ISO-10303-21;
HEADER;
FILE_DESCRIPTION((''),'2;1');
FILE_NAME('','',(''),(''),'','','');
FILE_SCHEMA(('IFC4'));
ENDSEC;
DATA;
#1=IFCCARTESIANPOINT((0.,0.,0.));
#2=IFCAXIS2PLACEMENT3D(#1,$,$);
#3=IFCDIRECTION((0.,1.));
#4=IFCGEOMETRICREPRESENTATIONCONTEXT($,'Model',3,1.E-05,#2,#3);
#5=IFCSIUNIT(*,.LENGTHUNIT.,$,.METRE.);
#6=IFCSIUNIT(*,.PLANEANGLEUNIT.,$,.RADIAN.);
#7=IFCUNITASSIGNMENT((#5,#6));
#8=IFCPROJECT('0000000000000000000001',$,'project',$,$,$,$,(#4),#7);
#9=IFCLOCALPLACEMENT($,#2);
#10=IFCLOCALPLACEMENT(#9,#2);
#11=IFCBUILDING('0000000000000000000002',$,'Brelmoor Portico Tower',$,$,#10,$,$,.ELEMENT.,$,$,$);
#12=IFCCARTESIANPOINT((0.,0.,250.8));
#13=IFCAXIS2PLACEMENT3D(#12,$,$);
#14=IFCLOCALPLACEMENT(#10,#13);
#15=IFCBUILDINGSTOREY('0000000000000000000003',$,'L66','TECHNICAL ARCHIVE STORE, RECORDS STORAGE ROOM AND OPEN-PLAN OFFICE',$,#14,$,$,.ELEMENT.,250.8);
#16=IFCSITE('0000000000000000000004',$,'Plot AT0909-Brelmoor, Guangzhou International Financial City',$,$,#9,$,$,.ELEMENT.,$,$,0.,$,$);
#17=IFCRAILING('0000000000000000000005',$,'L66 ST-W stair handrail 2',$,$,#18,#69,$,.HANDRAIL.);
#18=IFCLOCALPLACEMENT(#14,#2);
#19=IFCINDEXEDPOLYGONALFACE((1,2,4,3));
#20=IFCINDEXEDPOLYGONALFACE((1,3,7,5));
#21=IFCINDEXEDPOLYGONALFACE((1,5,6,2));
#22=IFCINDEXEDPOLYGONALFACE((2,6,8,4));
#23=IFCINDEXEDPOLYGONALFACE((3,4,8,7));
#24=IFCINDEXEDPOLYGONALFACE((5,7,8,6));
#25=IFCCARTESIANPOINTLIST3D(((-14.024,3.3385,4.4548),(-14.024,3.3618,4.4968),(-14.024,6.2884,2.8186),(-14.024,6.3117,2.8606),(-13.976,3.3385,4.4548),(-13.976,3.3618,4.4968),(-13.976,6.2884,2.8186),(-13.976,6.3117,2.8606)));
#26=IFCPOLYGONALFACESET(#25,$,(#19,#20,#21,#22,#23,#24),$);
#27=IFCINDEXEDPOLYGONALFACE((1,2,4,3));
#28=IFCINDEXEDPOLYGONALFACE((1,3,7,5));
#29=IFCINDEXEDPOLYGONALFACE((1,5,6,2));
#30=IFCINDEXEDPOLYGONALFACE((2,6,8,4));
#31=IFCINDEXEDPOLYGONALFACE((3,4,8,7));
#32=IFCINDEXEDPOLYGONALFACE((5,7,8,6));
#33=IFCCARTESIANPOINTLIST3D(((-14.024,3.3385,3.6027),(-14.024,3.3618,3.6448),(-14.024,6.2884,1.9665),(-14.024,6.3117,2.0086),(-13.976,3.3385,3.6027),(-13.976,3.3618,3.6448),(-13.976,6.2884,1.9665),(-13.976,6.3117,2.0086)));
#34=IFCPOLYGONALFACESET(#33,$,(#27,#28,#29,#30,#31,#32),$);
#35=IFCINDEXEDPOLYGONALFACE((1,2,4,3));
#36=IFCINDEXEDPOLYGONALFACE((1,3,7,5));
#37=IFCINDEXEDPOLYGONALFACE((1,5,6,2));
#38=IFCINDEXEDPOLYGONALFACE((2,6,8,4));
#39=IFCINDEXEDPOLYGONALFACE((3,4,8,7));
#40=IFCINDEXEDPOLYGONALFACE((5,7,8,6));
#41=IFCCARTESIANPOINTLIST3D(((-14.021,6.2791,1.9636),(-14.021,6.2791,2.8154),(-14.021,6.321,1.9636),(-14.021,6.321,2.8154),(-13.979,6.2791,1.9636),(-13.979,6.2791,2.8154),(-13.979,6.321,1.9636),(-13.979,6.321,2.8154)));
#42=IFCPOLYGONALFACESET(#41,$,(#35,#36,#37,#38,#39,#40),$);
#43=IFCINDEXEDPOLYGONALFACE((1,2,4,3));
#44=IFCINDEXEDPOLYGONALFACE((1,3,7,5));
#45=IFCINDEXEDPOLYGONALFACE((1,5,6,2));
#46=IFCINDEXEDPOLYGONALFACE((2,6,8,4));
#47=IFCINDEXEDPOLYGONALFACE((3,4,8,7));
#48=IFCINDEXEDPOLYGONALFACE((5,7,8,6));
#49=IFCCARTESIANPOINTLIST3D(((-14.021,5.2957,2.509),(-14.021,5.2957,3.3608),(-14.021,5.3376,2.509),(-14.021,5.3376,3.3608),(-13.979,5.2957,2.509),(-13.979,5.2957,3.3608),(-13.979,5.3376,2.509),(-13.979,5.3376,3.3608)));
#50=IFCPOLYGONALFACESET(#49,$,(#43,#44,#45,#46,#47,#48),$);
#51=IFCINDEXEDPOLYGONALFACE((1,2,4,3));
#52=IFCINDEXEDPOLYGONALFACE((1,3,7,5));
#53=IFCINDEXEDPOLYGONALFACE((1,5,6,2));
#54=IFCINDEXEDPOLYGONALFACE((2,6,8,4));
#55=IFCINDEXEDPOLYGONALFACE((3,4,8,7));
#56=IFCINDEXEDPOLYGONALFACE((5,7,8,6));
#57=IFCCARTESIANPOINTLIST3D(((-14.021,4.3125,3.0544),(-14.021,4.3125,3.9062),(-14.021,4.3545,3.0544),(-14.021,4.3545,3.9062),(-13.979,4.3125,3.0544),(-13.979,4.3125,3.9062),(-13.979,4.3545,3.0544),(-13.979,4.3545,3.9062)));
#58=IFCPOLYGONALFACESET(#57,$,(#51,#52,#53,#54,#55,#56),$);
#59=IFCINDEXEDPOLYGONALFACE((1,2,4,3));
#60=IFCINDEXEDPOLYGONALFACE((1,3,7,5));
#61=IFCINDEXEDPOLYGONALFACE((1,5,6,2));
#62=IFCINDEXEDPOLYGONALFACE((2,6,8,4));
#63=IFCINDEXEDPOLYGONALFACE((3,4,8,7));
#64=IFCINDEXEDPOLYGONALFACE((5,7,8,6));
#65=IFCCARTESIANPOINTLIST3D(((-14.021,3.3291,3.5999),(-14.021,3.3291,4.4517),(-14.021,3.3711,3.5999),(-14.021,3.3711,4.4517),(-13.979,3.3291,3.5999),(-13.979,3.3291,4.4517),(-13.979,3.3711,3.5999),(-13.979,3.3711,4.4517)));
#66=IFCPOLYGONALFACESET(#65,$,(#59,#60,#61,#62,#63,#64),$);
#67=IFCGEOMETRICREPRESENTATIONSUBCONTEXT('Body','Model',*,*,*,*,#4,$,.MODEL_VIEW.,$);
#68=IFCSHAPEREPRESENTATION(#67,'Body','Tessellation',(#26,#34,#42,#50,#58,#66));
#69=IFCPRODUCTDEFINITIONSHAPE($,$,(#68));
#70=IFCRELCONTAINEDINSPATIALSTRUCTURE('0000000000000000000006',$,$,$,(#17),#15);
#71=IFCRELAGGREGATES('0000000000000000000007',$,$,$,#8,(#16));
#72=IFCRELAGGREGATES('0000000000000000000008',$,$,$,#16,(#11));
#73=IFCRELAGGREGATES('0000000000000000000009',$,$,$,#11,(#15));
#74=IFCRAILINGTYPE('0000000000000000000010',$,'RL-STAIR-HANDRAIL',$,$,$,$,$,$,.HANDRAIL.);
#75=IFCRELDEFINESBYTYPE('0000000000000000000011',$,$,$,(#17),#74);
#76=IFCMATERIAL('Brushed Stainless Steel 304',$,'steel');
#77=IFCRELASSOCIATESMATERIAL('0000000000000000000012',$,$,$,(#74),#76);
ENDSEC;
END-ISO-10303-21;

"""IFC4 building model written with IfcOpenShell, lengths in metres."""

from ifc_helpers import new_model, si_unit, direction, frame, origin, origin_2d, place, context, subcontext, project, spatial, rectangle, extrude, material, type_object, element, save


model = new_model("IFC4")

# Units and contexts
model_context = context("Model", 3, precision=1e-05, world=origin(), true_north=direction((0.0, 1.0)))
body_context = subcontext(model_context, "Body", "Model", "MODEL_VIEW")
ifc_project = project(units=[si_unit("LENGTHUNIT", "METRE"), si_unit("PLANEANGLEUNIT", "RADIAN")], contexts=[model_context])

# Site, building, storey
site_placement = place(None, origin())
site = spatial("IfcSite", under=ifc_project, at=site_placement, Name="Plot AT0909-Brelmoor, Guangzhou International Financial City", CompositionType="ELEMENT", RefElevation=0.0)
building_placement = place(site_placement, origin())
building = spatial("IfcBuilding", under=site, at=building_placement, Name="Brelmoor Portico Tower", CompositionType="ELEMENT")
storey_placement = place(building_placement, frame((0.0, 0.0, 250.8)))
storey = spatial("IfcBuildingStorey", under=building, at=storey_placement, Name="L66", Description="TECHNICAL ARCHIVE STORE, RECORDS STORAGE ROOM AND OPEN-PLAN OFFICE", CompositionType="ELEMENT", Elevation=250.8)

# Railing
ifc_material_1 = material(Name="Brushed Stainless Steel 304", Category="steel")
railing_type_1 = type_object("IfcRailingType", Name="RL-STAIR-HANDRAIL", PredefinedType="HANDRAIL", material=ifc_material_1)
railing_1_placement = place(storey_placement, frame((-14.0, 6.3, 1.9636)))
element("IfcRailing", 1, at=railing_1_placement, inside=storey, type_object=railing_type_1, Name="L66 ST-W stair handrail 2", PredefinedType="HANDRAIL", context=body_context, shape_type="SweptSolid", body=[
    extrude(rectangle(XDim=0.0481, YDim=0.0481, at=origin_2d()), frame((0.0, 0.0, 0.876), z_axis=(0.0, -0.874488, 0.485047), x_axis=(1.0, 0.0, 0.0)), (0.0, 0.0, 1.0), 3.3733),
    extrude(rectangle(XDim=0.0481, YDim=0.0481, at=origin_2d()), frame((0.0, 0.0, 0.0239), z_axis=(0.0, -0.874488, 0.485047), x_axis=(1.0, 0.0, 0.0)), (0.0, 0.0, 1.0), 3.3733),
    extrude(rectangle(XDim=0.042, YDim=0.042, at=origin_2d()), origin(), (0.0, 0.0, 1.0), 0.8518),
    extrude(rectangle(XDim=0.042, YDim=0.042, at=origin_2d()), frame((0.0, -0.9834, 0.5454)), (0.0, 0.0, 1.0), 0.8518),
    extrude(rectangle(XDim=0.042, YDim=0.042, at=origin_2d()), frame((0.0, -1.9666, 1.0908)), (0.0, 0.0, 1.0), 0.8518),
    extrude(rectangle(XDim=0.042, YDim=0.042, at=origin_2d()), frame((0.0, -2.95, 1.6362)), (0.0, 0.0, 1.0), 0.8518),
])

save(model, "model.ifc")
